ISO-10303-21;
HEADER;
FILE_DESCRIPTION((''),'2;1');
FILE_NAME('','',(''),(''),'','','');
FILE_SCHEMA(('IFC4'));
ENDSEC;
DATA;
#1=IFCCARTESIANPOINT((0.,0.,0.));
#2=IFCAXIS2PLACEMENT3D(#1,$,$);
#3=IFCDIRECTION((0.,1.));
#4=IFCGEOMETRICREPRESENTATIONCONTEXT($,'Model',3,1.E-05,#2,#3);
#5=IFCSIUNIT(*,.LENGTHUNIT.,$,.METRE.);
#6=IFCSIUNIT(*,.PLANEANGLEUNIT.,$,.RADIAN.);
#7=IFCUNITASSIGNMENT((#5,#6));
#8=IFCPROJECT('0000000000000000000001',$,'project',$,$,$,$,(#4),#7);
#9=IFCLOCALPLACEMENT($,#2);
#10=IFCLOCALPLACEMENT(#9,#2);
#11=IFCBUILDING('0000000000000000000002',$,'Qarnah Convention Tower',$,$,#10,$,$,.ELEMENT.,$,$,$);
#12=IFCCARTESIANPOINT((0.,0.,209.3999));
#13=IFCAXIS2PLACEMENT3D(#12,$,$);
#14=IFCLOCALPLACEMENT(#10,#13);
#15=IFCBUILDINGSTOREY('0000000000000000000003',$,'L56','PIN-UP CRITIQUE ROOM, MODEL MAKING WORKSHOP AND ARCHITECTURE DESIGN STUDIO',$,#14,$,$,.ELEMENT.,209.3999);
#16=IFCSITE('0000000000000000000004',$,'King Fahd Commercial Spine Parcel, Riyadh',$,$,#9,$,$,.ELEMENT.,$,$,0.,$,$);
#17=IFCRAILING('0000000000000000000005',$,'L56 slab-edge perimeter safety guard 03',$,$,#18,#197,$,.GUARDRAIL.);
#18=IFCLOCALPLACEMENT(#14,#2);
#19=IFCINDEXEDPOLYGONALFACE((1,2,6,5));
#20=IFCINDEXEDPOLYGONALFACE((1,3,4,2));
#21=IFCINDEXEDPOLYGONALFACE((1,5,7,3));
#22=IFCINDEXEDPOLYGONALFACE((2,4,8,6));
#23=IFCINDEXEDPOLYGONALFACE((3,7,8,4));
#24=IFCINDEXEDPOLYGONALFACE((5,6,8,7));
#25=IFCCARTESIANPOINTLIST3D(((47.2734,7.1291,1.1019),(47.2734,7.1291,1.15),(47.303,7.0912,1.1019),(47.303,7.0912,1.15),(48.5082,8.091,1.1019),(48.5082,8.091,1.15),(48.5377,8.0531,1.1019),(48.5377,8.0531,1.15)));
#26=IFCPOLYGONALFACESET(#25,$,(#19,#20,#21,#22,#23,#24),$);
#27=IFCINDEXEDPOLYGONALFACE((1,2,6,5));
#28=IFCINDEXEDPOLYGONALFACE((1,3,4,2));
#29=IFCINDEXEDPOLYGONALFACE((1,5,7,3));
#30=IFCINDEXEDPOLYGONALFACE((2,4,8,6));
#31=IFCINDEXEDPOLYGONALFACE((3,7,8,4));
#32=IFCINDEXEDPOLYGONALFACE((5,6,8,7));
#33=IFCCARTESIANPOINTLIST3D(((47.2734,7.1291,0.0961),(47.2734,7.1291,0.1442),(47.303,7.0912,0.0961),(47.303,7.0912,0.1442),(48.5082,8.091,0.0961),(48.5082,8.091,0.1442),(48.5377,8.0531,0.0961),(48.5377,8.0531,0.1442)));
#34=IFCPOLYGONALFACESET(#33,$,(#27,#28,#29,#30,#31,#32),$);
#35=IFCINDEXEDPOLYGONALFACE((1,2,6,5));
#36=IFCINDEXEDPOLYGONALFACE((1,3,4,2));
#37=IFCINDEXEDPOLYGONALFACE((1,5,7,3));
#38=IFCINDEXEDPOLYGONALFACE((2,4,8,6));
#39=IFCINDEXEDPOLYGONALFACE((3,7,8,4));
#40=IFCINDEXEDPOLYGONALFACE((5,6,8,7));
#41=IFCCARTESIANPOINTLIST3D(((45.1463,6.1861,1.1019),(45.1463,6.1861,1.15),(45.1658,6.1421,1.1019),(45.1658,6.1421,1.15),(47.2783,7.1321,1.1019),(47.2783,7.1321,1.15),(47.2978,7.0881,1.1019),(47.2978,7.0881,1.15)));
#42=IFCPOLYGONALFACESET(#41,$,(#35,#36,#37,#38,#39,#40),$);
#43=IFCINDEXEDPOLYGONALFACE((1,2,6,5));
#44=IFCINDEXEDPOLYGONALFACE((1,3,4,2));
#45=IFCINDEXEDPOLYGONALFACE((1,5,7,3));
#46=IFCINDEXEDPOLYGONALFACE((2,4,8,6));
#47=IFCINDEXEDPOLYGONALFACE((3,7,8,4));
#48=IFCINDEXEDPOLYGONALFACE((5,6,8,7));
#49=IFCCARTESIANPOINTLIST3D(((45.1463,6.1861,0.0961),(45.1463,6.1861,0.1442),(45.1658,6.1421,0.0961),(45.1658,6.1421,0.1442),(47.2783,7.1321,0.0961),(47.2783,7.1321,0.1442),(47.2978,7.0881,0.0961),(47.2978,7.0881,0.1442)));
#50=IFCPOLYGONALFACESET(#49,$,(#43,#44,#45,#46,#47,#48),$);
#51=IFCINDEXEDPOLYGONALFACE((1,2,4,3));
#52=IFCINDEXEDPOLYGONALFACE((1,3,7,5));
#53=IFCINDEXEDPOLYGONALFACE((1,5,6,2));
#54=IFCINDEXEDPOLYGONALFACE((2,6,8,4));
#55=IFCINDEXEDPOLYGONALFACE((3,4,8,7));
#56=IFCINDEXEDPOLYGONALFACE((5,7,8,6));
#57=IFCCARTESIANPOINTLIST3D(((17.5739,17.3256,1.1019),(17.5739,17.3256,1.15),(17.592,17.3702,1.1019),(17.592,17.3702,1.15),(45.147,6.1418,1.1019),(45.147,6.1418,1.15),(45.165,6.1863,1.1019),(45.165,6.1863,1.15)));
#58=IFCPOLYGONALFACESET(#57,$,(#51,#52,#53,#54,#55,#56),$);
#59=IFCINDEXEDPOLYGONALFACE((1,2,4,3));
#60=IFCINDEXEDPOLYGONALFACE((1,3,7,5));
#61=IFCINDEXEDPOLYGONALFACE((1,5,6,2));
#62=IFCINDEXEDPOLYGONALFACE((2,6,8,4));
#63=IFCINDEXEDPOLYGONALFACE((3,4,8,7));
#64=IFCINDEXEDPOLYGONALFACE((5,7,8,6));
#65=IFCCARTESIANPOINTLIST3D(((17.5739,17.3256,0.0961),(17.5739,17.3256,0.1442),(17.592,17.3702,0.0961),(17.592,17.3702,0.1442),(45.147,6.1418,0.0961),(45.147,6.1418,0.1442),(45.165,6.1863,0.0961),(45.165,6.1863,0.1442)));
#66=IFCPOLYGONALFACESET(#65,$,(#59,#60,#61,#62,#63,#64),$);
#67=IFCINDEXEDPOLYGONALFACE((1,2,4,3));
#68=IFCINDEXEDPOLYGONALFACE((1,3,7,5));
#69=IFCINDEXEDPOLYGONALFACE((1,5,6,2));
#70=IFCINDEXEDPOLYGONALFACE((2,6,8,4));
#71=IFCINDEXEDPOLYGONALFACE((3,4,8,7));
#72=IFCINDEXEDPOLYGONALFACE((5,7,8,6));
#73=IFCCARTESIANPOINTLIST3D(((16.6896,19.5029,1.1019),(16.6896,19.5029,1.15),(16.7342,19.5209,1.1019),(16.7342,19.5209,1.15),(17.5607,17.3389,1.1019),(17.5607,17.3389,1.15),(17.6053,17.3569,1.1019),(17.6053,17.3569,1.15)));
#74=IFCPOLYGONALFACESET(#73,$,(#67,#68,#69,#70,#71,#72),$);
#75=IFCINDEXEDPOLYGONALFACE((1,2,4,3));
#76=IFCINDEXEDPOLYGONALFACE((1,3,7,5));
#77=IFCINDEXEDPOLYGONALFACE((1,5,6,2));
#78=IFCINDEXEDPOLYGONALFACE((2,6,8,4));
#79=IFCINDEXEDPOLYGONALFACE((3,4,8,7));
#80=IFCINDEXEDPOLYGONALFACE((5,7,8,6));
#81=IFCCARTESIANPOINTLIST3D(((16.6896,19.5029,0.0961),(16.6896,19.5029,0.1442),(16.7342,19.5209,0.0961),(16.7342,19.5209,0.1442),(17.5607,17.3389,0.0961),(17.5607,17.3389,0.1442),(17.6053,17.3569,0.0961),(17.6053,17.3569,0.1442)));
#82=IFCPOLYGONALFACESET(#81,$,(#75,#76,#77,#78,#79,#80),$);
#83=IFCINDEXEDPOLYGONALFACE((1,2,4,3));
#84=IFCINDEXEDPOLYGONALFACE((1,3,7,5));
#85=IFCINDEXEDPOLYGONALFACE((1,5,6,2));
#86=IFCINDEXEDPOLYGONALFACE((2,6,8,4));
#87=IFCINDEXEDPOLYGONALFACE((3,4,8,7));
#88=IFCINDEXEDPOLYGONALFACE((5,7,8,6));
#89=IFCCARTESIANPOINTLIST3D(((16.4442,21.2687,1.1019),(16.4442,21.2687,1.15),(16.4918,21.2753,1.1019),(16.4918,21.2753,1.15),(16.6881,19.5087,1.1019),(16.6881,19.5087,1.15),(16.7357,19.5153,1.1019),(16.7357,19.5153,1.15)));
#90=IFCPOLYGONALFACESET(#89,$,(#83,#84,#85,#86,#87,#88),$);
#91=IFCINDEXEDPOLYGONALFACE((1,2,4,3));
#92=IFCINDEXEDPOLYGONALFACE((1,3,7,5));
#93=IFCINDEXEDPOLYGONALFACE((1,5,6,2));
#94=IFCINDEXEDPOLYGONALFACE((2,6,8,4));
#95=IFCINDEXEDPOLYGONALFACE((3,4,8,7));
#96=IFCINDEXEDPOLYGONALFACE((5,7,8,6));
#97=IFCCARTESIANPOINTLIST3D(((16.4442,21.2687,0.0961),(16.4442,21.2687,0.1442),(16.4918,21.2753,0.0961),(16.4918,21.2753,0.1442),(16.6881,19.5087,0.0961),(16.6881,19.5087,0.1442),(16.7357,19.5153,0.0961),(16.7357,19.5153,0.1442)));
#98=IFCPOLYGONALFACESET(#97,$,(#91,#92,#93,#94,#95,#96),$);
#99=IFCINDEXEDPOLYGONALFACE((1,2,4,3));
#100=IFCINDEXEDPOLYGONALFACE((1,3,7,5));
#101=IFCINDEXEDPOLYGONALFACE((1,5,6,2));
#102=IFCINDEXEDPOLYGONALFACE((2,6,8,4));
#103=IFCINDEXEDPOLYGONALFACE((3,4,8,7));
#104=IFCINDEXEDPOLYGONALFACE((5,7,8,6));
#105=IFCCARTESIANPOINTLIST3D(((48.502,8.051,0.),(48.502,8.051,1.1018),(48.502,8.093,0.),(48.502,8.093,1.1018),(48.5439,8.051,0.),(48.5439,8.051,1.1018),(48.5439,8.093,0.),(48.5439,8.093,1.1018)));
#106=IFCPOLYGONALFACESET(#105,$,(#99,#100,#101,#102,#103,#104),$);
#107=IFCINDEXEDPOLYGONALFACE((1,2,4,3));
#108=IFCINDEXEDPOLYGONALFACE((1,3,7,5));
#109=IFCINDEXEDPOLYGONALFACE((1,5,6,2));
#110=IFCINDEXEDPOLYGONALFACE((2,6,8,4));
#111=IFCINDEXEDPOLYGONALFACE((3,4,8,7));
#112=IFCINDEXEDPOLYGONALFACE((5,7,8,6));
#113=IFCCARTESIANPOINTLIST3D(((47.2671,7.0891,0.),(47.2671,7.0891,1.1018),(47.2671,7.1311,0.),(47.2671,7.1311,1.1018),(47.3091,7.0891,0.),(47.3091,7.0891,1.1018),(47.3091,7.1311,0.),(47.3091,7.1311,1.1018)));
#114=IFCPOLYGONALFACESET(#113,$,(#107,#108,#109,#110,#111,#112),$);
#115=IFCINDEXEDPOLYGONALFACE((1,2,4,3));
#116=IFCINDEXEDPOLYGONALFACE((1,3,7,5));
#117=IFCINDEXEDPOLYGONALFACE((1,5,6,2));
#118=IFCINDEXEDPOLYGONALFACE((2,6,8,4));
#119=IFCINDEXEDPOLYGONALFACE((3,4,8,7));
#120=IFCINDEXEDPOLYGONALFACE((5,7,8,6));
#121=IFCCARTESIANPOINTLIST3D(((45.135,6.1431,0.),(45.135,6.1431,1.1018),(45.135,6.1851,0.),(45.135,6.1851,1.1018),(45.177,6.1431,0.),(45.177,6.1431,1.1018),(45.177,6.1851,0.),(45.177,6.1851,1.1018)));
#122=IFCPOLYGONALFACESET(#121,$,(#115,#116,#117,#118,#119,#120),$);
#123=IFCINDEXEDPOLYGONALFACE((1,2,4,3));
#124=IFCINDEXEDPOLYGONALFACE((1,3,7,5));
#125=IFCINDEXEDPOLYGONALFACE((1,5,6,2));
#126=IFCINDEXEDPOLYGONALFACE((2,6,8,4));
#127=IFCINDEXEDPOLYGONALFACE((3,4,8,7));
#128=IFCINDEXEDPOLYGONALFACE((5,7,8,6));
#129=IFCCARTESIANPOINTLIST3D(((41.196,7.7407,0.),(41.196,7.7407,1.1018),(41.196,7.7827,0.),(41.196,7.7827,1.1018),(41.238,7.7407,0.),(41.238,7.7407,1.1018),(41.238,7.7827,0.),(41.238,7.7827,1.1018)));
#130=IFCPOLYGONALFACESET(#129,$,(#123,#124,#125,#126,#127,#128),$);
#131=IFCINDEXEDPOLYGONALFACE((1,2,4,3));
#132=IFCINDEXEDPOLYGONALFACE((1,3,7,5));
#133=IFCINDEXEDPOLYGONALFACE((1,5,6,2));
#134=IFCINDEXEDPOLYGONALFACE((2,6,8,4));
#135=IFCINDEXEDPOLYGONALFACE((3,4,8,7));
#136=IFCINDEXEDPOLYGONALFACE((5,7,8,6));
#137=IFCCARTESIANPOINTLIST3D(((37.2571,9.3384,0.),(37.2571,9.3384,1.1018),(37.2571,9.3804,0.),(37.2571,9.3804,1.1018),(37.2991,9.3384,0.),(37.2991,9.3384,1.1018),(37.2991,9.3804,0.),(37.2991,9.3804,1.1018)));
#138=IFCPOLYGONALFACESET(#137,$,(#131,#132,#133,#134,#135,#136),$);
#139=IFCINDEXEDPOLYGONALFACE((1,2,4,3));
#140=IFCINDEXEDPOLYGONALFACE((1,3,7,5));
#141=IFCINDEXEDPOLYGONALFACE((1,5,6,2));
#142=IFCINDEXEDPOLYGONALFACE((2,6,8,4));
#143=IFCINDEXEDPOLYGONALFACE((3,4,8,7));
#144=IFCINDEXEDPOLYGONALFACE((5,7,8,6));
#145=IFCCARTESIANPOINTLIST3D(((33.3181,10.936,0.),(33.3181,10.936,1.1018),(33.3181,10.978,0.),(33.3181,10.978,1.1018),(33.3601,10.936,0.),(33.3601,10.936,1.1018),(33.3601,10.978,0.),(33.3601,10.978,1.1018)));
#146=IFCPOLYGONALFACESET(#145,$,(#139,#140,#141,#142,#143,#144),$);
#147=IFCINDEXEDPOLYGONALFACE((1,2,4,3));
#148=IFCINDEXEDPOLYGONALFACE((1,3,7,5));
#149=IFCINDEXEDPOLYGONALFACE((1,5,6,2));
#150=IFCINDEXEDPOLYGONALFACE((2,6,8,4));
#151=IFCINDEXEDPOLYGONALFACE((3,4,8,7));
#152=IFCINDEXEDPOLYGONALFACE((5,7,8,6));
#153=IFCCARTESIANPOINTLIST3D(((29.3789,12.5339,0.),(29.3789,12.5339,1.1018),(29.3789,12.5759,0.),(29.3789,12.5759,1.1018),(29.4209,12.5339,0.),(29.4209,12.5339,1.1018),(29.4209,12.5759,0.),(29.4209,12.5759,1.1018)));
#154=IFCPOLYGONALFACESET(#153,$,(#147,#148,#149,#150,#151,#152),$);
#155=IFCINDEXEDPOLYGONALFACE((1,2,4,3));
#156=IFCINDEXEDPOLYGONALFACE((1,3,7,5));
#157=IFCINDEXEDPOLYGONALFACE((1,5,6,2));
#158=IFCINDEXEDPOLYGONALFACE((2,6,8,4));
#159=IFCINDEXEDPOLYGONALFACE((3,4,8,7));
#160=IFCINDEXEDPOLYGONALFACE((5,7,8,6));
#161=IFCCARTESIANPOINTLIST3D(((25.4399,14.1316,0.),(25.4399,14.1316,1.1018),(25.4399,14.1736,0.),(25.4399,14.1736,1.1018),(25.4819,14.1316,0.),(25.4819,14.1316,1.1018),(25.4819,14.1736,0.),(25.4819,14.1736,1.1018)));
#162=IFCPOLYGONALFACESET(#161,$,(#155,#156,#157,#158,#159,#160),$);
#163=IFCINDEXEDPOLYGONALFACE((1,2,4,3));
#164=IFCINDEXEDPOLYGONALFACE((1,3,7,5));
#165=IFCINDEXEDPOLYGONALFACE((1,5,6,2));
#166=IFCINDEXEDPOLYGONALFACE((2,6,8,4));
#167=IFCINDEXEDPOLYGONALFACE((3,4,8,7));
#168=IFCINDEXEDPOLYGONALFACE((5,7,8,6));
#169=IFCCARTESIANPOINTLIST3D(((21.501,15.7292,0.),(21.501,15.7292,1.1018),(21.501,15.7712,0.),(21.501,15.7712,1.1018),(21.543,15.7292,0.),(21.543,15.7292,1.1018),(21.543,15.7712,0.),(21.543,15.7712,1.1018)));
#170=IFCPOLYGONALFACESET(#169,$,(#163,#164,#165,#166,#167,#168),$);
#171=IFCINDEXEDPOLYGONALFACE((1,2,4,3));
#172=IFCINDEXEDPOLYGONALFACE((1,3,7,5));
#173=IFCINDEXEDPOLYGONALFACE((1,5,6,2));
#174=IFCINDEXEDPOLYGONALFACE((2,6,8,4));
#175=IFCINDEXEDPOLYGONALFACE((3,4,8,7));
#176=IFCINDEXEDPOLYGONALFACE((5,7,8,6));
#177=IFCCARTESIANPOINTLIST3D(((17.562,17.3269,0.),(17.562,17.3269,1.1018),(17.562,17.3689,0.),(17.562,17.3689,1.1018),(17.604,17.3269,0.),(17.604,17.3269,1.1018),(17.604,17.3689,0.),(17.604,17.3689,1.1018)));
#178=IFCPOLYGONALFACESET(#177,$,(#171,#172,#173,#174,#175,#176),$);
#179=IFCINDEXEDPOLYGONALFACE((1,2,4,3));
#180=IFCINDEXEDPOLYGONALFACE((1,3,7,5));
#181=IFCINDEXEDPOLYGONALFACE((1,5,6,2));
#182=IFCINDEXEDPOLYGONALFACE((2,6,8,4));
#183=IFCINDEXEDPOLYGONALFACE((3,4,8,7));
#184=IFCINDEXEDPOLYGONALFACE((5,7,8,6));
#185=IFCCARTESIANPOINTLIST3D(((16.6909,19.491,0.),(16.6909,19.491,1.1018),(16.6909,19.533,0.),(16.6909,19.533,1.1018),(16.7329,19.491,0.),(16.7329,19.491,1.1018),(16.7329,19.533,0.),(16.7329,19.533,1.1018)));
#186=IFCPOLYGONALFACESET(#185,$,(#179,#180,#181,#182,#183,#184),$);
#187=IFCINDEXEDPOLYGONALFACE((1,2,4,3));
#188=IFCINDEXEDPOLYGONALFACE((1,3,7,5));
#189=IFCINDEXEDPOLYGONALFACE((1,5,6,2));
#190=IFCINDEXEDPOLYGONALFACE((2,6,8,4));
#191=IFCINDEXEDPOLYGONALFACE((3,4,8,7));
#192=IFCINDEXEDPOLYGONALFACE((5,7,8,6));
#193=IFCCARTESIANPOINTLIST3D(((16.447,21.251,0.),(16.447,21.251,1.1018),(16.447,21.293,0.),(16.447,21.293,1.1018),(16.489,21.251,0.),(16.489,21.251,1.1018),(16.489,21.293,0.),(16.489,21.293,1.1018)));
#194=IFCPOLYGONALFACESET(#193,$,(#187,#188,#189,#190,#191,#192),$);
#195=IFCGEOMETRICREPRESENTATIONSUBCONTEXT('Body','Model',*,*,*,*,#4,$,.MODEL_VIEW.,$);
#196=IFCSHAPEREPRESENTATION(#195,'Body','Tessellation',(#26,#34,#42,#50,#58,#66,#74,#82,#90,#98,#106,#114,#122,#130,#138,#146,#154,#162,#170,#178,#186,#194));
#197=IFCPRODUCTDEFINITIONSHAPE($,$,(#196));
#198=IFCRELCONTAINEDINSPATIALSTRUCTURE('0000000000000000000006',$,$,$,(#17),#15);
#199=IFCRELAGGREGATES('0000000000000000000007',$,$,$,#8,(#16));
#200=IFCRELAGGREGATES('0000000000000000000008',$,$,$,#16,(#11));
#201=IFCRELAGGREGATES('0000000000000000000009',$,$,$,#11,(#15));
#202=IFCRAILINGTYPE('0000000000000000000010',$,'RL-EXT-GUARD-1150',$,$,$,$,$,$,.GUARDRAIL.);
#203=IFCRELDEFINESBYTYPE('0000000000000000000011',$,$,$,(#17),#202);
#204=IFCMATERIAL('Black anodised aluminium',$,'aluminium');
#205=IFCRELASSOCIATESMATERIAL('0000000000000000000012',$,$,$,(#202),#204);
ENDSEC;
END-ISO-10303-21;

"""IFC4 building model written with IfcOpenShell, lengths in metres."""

from ifc_helpers import new_model, si_unit, direction, frame, origin, origin_2d, place, context, subcontext, project, spatial, rectangle, extrude, material, type_object, element, save


model = new_model("IFC4")

# Units and contexts
model_context = context("Model", 3, precision=1e-05, world=origin(), true_north=direction((0.0, 1.0)))
body_context = subcontext(model_context, "Body", "Model", "MODEL_VIEW")
ifc_project = project(units=[si_unit("LENGTHUNIT", "METRE"), si_unit("PLANEANGLEUNIT", "RADIAN")], contexts=[model_context])

# Site, building, storey
site_placement = place(None, origin())
site = spatial("IfcSite", under=ifc_project, at=site_placement, Name="King Fahd Commercial Spine Parcel, Riyadh", CompositionType="ELEMENT", RefElevation=0.0)
building_placement = place(site_placement, origin())
building = spatial("IfcBuilding", under=site, at=building_placement, Name="Qarnah Convention Tower", CompositionType="ELEMENT")
storey_placement = place(building_placement, frame((0.0, 0.0, 209.3999)))
storey = spatial("IfcBuildingStorey", under=building, at=storey_placement, Name="L56", Description="PIN-UP CRITIQUE ROOM, MODEL MAKING WORKSHOP AND ARCHITECTURE DESIGN STUDIO", CompositionType="ELEMENT", Elevation=209.3999)

# Shared definitions
ifc_material_1 = material(Name="Black anodised aluminium", Category="aluminium")

# Railing
railing_type = type_object("IfcRailingType", Name="RL-EXT-GUARD-1150", PredefinedType="GUARDRAIL", material=ifc_material_1)
railing_1_placement = place(storey_placement, frame((48.5229, 8.072, 0.0)))
element("IfcRailing", 1, at=railing_1_placement, inside=storey, type_object=railing_type, Name="L56 slab-edge perimeter safety guard 03", PredefinedType="GUARDRAIL", context=body_context, shape_type="SweptSolid", body=[
    extrude(rectangle(XDim=0.0481, YDim=0.0481, at=origin_2d()), frame((0.0, 0.0, 1.126), z_axis=(-0.788898, -0.614524, 0.0), x_axis=(0.614524, -0.788898, 0.0)), (0.0, 0.0, 1.0), 1.5652),
    extrude(rectangle(XDim=0.0481, YDim=0.0481, at=origin_2d()), frame((0.0, 0.0, 0.1201), z_axis=(-0.788898, -0.614524, 0.0), x_axis=(0.614524, -0.788898, 0.0)), (0.0, 0.0, 1.0), 1.5652),
    extrude(rectangle(XDim=0.0481, YDim=0.0481, at=origin_2d()), frame((-1.2349, -0.9619, 1.126), z_axis=(-0.914057, -0.405585, 0.0), x_axis=(0.405585, -0.914057, 0.0)), (0.0, 0.0, 1.0), 2.3325),
    extrude(rectangle(XDim=0.0481, YDim=0.0481, at=origin_2d()), frame((-1.2349, -0.9619, 0.1201), z_axis=(-0.914057, -0.405585, 0.0), x_axis=(0.405585, -0.914057, 0.0)), (0.0, 0.0, 1.0), 2.3325),
    extrude(rectangle(XDim=0.0481, YDim=0.0481, at=origin_2d()), frame((-3.3669, -1.908, 1.126), z_axis=(-0.926674, 0.375867, 0.0), x_axis=(-0.375867, -0.926674, 0.0)), (0.0, 0.0, 1.0), 29.7549),
    extrude(rectangle(XDim=0.0481, YDim=0.0481, at=origin_2d()), frame((-3.3669, -1.908, 0.1201), z_axis=(-0.926674, 0.375867, 0.0), x_axis=(-0.375867, -0.926674, 0.0)), (0.0, 0.0, 1.0), 29.7549),
    extrude(rectangle(XDim=0.0481, YDim=0.0481, at=origin_2d()), frame((-30.9399, 9.2759, 1.126), z_axis=(-0.373411, 0.927666, 0.0), x_axis=(-0.927666, -0.373411, 0.0)), (0.0, 0.0, 1.0), 2.3328),
    extrude(rectangle(XDim=0.0481, YDim=0.0481, at=origin_2d()), frame((-30.9399, 9.2759, 0.1201), z_axis=(-0.373411, 0.927666, 0.0), x_axis=(-0.927666, -0.373411, 0.0)), (0.0, 0.0, 1.0), 2.3328),
    extrude(rectangle(XDim=0.0481, YDim=0.0481, at=origin_2d()), frame((-31.811, 11.4399, 1.126), z_axis=(-0.137265, 0.990534, 0.0), x_axis=(-0.990534, -0.137265, 0.0)), (0.0, 0.0, 1.0), 1.7769),
    extrude(rectangle(XDim=0.0481, YDim=0.0481, at=origin_2d()), frame((-31.811, 11.4399, 0.1201), z_axis=(-0.137265, 0.990534, 0.0), x_axis=(-0.990534, -0.137265, 0.0)), (0.0, 0.0, 1.0), 1.7769),
    extrude(rectangle(XDim=0.042, YDim=0.042, at=origin_2d()), origin(), (0.0, 0.0, 1.0), 1.1018),
    extrude(rectangle(XDim=0.042, YDim=0.042, at=origin_2d()), frame((-1.2349, -0.9619, 0.0)), (0.0, 0.0, 1.0), 1.1018),
    extrude(rectangle(XDim=0.042, YDim=0.042, at=origin_2d()), frame((-3.3669, -1.908, 0.0)), (0.0, 0.0, 1.0), 1.1018),
    extrude(rectangle(XDim=0.042, YDim=0.042, at=origin_2d()), frame((-7.3059, -0.3103, 0.0)), (0.0, 0.0, 1.0), 1.1018),
    extrude(rectangle(XDim=0.042, YDim=0.042, at=origin_2d()), frame((-11.2449, 1.2874, 0.0)), (0.0, 0.0, 1.0), 1.1018),
    extrude(rectangle(XDim=0.042, YDim=0.042, at=origin_2d()), frame((-15.1838, 2.885, 0.0)), (0.0, 0.0, 1.0), 1.1018),
    extrude(rectangle(XDim=0.042, YDim=0.042, at=origin_2d()), frame((-19.123, 4.4829, 0.0)), (0.0, 0.0, 1.0), 1.1018),
    extrude(rectangle(XDim=0.042, YDim=0.042, at=origin_2d()), frame((-23.062, 6.0806, 0.0)), (0.0, 0.0, 1.0), 1.1018),
    extrude(rectangle(XDim=0.042, YDim=0.042, at=origin_2d()), frame((-27.001, 7.6782, 0.0)), (0.0, 0.0, 1.0), 1.1018),
    extrude(rectangle(XDim=0.042, YDim=0.042, at=origin_2d()), frame((-30.9399, 9.2759, 0.0)), (0.0, 0.0, 1.0), 1.1018),
    extrude(rectangle(XDim=0.042, YDim=0.042, at=origin_2d()), frame((-31.811, 11.4399, 0.0)), (0.0, 0.0, 1.0), 1.1018),
    extrude(rectangle(XDim=0.042, YDim=0.042, at=origin_2d()), frame((-32.0549, 13.2, 0.0)), (0.0, 0.0, 1.0), 1.1018),
])

save(model, "model.ifc")
